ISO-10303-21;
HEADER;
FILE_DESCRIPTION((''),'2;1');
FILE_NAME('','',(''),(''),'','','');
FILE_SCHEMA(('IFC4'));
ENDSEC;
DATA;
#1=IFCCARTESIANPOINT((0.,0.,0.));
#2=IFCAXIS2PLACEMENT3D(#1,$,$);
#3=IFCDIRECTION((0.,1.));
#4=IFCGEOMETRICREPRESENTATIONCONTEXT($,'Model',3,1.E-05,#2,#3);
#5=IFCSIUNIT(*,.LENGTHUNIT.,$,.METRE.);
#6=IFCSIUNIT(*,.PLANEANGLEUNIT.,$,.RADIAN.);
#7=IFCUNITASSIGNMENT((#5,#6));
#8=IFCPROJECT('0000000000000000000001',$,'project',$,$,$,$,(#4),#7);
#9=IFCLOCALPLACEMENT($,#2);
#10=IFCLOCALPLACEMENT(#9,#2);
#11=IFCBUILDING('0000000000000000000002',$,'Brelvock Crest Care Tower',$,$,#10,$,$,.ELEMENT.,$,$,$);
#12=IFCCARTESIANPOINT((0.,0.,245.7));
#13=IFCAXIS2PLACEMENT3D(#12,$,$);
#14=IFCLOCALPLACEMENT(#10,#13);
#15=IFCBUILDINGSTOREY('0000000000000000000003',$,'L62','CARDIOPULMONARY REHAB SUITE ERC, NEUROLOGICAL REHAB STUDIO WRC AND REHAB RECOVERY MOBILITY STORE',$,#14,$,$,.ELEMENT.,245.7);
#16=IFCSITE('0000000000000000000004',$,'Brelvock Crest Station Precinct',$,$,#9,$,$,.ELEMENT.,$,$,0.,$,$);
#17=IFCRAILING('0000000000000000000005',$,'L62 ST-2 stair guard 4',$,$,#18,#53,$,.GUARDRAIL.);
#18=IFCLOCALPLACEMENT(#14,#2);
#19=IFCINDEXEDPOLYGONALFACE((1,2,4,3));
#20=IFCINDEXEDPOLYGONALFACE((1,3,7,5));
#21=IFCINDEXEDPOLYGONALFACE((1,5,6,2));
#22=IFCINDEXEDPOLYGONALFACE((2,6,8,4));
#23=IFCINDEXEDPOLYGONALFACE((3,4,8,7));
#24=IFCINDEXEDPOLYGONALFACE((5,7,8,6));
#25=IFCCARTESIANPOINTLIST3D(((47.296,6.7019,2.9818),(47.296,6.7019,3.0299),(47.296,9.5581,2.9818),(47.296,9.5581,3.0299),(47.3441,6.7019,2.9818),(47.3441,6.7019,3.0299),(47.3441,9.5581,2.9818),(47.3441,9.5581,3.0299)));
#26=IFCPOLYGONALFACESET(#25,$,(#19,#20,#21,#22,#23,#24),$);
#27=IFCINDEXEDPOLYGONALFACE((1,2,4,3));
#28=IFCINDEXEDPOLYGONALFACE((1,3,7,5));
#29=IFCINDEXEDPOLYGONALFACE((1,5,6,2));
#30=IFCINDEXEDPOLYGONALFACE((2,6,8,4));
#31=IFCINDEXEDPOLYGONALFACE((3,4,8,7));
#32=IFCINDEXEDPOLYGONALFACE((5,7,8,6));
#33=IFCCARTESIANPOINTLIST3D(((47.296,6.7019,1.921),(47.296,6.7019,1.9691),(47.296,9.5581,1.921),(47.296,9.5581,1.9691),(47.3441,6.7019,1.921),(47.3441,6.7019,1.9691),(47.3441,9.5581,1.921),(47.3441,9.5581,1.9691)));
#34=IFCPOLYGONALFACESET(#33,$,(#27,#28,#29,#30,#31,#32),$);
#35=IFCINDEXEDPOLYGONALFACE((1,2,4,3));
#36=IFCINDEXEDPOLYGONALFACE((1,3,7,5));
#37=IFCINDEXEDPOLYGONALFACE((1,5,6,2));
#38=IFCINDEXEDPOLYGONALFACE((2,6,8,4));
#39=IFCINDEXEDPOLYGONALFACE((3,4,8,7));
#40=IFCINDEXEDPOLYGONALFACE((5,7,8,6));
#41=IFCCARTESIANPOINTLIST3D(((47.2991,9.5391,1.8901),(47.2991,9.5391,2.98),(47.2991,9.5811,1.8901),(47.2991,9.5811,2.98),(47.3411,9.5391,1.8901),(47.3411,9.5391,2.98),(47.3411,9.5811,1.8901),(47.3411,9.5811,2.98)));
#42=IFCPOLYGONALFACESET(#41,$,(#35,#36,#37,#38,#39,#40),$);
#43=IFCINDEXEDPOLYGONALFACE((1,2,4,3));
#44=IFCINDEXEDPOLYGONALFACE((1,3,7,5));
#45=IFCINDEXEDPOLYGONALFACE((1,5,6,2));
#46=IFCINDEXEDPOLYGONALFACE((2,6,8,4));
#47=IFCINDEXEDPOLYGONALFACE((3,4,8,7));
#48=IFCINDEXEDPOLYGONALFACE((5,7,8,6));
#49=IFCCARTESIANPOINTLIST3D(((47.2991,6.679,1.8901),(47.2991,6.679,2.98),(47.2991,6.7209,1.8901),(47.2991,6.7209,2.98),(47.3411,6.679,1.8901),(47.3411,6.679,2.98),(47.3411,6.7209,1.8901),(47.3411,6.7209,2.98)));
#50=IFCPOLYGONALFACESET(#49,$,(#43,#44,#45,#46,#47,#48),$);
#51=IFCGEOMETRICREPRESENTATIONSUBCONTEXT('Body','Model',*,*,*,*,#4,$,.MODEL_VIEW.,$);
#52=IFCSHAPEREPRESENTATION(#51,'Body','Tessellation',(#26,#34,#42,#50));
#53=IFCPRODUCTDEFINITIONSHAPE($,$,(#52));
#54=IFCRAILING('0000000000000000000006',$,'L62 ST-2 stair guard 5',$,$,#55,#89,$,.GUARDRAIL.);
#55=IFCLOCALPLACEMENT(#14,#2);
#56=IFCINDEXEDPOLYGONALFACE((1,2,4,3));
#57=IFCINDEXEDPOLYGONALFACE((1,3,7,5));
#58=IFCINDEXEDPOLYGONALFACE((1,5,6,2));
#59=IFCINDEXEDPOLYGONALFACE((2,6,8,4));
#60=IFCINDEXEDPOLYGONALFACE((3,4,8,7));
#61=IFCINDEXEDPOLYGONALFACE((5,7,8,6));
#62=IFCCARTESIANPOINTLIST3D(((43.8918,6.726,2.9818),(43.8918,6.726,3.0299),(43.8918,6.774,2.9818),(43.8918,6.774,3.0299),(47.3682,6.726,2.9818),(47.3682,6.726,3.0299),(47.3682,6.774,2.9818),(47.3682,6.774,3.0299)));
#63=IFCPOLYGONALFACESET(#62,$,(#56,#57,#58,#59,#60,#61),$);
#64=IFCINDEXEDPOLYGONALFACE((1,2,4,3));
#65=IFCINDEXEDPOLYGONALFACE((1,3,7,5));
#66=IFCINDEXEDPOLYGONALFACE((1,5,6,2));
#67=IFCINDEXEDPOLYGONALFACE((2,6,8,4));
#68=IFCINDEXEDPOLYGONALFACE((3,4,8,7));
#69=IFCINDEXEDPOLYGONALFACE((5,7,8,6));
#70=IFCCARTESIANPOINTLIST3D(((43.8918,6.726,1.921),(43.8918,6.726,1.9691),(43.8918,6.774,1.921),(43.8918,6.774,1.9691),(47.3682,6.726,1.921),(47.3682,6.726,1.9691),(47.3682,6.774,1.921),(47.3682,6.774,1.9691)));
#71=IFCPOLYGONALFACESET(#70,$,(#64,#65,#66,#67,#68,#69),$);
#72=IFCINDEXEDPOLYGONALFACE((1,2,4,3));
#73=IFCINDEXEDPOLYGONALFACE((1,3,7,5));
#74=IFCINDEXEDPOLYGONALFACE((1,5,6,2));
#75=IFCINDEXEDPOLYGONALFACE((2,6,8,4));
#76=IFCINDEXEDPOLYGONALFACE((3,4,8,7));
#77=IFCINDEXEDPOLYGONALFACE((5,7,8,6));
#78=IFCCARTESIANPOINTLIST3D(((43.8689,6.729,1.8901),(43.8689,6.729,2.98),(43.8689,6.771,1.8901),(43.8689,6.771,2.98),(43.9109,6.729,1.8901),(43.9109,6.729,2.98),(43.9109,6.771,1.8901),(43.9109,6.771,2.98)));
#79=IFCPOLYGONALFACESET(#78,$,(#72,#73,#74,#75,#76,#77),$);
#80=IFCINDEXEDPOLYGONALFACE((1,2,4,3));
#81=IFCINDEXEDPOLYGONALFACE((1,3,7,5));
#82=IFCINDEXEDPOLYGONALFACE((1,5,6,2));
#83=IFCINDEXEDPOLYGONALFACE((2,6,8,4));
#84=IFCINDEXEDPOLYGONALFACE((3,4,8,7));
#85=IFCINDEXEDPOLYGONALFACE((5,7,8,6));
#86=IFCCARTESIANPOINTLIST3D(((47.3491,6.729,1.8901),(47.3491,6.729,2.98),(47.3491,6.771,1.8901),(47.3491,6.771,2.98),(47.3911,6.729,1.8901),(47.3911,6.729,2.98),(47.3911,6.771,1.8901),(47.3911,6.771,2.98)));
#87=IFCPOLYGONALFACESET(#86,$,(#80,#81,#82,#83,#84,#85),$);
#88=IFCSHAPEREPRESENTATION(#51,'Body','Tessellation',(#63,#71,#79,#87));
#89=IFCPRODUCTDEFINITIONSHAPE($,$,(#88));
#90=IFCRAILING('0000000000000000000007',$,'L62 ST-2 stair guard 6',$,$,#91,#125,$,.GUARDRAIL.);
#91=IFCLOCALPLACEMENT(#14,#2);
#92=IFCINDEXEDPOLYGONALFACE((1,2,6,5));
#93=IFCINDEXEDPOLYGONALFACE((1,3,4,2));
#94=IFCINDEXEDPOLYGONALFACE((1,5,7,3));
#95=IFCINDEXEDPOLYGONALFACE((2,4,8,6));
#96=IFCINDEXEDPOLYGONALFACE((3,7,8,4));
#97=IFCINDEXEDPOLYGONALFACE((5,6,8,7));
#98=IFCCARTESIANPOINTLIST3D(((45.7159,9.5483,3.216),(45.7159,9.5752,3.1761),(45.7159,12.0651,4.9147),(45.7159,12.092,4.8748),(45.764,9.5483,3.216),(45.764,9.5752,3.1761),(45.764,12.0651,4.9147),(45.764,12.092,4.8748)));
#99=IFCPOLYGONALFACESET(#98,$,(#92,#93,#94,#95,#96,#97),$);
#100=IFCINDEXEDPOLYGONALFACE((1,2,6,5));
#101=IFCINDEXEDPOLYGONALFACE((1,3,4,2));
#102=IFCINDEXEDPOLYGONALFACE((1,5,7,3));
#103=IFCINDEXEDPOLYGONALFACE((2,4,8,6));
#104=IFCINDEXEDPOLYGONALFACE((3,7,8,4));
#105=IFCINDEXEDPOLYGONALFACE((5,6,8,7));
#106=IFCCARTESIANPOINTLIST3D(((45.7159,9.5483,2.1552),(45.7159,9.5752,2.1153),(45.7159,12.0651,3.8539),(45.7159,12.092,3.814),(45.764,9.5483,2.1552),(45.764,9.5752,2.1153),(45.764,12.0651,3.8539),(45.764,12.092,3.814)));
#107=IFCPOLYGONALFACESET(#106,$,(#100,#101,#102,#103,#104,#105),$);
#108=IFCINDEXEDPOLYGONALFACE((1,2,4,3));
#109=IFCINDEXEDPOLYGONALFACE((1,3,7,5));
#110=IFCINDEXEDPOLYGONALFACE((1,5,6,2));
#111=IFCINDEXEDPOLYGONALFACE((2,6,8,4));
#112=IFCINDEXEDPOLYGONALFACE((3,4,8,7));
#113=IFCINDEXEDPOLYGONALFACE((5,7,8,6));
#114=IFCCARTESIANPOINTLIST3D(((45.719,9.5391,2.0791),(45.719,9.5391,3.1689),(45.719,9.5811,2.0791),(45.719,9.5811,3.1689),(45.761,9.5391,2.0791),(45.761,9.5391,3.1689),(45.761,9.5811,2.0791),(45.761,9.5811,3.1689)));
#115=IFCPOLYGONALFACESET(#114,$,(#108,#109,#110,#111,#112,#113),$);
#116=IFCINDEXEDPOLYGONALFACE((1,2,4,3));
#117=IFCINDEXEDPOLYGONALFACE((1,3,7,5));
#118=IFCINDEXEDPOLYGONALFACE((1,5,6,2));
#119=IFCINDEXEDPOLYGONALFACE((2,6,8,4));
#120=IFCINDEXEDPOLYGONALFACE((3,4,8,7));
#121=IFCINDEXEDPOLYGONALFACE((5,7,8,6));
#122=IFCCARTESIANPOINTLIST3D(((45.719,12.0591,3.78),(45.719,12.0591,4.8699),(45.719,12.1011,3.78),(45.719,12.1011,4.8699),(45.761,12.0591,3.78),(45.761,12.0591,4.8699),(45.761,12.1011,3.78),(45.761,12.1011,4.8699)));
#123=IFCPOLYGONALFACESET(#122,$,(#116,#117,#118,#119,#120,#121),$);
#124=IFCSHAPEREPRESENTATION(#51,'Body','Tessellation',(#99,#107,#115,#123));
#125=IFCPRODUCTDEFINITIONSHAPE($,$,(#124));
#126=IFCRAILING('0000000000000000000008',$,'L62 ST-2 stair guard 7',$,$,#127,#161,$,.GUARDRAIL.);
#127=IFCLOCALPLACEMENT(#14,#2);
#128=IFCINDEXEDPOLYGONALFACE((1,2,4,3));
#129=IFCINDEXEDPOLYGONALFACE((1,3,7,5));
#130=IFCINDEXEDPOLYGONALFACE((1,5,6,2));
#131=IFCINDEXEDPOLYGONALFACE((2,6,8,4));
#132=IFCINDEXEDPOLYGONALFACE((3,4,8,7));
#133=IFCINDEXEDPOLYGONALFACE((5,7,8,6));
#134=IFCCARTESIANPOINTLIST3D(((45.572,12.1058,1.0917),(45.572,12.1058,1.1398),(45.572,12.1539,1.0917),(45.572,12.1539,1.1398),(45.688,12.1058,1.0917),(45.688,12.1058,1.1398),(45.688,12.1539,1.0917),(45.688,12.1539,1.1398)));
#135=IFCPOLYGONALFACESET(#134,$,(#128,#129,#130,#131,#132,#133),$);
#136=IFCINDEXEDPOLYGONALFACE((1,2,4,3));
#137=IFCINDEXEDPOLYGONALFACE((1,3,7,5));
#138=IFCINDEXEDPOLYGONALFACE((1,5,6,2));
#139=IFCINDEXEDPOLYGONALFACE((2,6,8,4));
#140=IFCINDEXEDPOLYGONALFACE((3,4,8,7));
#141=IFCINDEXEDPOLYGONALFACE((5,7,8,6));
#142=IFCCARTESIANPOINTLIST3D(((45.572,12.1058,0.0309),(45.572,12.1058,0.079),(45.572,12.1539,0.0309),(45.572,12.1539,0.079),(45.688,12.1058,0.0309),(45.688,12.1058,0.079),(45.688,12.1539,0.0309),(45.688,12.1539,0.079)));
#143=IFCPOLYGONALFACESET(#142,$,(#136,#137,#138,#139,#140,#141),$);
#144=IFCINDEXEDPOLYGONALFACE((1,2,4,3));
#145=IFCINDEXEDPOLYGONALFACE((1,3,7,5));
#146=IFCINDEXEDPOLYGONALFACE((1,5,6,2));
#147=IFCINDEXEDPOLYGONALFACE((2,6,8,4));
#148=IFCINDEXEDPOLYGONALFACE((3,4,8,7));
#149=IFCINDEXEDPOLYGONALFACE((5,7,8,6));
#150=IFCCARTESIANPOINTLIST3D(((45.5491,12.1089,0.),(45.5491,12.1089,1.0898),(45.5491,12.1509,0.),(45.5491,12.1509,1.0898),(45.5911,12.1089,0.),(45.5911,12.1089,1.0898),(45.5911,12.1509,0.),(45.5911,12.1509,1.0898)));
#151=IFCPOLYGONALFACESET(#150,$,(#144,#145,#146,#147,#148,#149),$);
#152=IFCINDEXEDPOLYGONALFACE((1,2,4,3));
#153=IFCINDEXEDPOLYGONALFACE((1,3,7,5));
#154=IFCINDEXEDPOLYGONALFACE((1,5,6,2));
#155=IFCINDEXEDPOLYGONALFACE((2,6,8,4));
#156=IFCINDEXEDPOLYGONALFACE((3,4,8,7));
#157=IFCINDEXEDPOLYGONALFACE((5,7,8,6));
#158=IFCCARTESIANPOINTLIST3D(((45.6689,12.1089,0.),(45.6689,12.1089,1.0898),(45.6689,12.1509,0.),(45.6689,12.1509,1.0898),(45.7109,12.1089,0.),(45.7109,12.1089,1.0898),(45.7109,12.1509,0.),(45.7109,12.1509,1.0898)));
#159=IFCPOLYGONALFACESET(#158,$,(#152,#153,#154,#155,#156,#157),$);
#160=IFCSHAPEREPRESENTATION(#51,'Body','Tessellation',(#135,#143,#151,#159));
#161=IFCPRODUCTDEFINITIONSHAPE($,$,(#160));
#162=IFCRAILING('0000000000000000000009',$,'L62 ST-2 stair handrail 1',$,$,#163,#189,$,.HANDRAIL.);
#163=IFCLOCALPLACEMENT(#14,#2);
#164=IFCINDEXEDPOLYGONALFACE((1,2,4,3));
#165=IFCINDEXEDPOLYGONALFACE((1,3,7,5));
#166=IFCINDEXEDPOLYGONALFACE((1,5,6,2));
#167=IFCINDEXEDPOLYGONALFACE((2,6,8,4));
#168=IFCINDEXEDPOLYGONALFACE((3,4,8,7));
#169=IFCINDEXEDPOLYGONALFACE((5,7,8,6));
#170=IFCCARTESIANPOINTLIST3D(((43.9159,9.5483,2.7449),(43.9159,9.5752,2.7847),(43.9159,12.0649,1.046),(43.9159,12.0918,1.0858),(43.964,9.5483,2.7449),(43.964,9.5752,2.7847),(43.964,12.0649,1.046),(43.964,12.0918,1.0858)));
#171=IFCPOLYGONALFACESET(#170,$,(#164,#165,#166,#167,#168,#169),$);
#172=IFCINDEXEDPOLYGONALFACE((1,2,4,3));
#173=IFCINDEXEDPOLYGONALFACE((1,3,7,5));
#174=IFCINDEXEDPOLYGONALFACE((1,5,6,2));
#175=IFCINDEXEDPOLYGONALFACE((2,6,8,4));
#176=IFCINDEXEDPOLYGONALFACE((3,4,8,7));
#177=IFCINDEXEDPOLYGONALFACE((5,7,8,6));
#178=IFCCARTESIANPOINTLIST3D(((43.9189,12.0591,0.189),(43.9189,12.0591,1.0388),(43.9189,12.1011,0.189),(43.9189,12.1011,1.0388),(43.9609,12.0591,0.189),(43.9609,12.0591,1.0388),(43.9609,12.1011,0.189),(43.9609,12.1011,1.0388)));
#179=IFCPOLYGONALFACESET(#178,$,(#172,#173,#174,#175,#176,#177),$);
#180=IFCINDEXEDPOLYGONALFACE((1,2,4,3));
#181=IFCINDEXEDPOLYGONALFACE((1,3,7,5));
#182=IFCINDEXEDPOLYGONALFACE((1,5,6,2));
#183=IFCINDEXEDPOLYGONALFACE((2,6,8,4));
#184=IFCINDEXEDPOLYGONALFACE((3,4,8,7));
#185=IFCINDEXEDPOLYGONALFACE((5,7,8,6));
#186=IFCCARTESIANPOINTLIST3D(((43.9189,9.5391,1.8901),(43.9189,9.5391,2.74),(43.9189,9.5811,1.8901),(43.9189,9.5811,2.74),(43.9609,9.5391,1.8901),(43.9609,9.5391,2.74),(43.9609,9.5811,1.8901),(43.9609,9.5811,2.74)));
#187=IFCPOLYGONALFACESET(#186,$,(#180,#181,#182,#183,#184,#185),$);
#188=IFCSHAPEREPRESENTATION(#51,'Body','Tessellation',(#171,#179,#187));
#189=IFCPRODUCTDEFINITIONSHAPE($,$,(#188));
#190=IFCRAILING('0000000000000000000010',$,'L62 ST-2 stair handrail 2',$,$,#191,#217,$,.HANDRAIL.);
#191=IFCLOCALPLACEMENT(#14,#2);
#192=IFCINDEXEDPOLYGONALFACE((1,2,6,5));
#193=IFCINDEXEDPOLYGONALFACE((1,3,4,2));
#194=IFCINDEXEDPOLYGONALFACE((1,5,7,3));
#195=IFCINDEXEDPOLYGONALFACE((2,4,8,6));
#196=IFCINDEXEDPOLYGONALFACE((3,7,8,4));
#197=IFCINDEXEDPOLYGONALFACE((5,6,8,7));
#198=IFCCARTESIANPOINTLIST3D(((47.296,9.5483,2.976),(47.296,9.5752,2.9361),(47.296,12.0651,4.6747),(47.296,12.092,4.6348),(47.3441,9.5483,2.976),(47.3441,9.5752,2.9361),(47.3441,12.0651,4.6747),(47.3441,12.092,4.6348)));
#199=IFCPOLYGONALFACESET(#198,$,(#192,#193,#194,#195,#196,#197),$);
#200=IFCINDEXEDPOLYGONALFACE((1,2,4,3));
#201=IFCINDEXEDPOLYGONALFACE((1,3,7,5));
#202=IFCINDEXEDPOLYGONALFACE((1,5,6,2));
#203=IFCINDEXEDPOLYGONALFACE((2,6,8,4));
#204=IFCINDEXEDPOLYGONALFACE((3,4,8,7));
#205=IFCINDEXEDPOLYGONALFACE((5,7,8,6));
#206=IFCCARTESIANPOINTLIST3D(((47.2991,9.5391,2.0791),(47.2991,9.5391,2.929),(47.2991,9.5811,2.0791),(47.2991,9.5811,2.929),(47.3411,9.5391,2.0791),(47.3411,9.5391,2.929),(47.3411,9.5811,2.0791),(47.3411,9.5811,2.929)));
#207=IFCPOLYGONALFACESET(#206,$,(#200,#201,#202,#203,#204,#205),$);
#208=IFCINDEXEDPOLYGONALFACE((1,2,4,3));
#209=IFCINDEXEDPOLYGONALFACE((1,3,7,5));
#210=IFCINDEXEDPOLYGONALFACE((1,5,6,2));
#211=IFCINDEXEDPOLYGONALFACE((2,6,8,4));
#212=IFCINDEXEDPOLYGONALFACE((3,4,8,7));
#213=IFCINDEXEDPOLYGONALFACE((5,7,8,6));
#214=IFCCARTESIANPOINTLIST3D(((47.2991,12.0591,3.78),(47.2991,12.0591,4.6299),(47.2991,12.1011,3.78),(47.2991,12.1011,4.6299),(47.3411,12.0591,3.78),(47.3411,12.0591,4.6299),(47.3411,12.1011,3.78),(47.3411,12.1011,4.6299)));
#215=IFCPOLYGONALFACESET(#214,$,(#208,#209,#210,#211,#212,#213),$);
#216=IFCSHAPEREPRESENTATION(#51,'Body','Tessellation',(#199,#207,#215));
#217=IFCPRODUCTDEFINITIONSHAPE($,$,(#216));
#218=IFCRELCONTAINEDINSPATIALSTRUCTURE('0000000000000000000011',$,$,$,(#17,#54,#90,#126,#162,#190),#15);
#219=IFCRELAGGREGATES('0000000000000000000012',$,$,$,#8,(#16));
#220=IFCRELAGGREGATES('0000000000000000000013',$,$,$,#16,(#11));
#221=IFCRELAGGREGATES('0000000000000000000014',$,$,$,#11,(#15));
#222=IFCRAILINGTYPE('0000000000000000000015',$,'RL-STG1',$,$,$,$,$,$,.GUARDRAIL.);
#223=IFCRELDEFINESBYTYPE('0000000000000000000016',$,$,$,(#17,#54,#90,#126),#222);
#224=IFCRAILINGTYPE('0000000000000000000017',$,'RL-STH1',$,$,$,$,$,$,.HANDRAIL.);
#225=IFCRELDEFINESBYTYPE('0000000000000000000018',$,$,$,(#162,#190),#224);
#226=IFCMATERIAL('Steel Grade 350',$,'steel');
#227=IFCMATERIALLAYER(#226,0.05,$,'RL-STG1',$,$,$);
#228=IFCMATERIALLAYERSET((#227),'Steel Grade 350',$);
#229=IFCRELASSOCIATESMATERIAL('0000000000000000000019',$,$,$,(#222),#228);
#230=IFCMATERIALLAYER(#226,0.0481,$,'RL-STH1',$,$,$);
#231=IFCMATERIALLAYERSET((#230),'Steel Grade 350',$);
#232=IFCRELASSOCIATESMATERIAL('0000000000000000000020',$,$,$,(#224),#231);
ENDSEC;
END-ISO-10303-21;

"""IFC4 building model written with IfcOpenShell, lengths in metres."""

from ifc_helpers import new_model, si_unit, direction, frame, origin, origin_2d, place, context, subcontext, project, spatial, rectangle, extrude, material, layer, layer_set, type_object, element, save


model = new_model("IFC4")

# Units and contexts
model_context = context("Model", 3, precision=1e-05, world=origin(), true_north=direction((0.0, 1.0)))
body_context = subcontext(model_context, "Body", "Model", "MODEL_VIEW")
ifc_project = project(units=[si_unit("LENGTHUNIT", "METRE"), si_unit("PLANEANGLEUNIT", "RADIAN")], contexts=[model_context])

# Site, building, storey
site_placement = place(None, origin())
site = spatial("IfcSite", under=ifc_project, at=site_placement, Name="Brelvock Crest Station Precinct", CompositionType="ELEMENT", RefElevation=0.0)
building_placement = place(site_placement, origin())
building = spatial("IfcBuilding", under=site, at=building_placement, Name="Brelvock Crest Care Tower", CompositionType="ELEMENT")
storey_placement = place(building_placement, frame((0.0, 0.0, 245.7)))
storey = spatial("IfcBuildingStorey", under=building, at=storey_placement, Name="L62", Description="CARDIOPULMONARY REHAB SUITE ERC, NEUROLOGICAL REHAB STUDIO WRC AND REHAB RECOVERY MOBILITY STORE", CompositionType="ELEMENT", Elevation=245.7)

# Shared definitions
ifc_material_1 = material(Name="Steel Grade 350", Category="steel")

# Railings
ifc_layer_1 = layer(ifc_material_1, 0.05, Name="RL-STG1")
ifc_layer_set_1 = layer_set([ifc_layer_1], Name="Steel Grade 350")
railing_type_1 = type_object("IfcRailingType", Name="RL-STG1", PredefinedType="GUARDRAIL", material=ifc_layer_set_1)
for number, where, name in (
    (1, (47.3201, 9.5601, 1.8901), "L62 ST-2 stair guard 4"),
):
    element("IfcRailing", number, at=place(storey_placement, frame(where)), inside=storey, type_object=railing_type_1, Name=name, PredefinedType="GUARDRAIL", context=body_context, shape_type="SweptSolid", body=[
        extrude(rectangle(XDim=0.0481, YDim=0.0481, at=origin_2d()), frame((0.0, -0.002, 1.1157), z_axis=(0.0, -1.0, 0.0), x_axis=(1.0, 0.0, 0.0)), (0.0, 0.0, 1.0), 2.8562),
        extrude(rectangle(XDim=0.0481, YDim=0.0481, at=origin_2d()), frame((0.0, -0.002, 0.0549), z_axis=(0.0, -1.0, 0.0), x_axis=(1.0, 0.0, 0.0)), (0.0, 0.0, 1.0), 2.8562),
        extrude(rectangle(XDim=0.042, YDim=0.042, at=origin_2d()), origin(), (0.0, 0.0, 1.0), 1.0898),
        extrude(rectangle(XDim=0.042, YDim=0.042, at=origin_2d()), frame((0.0, -2.8601, 0.0)), (0.0, 0.0, 1.0), 1.0898),
    ])
railing_1_placement = place(storey_placement, frame((43.8899, 6.75, 1.8901)))
element("IfcRailing", 2, at=railing_1_placement, inside=storey, type_object=railing_type_1, Name="L62 ST-2 stair guard 5", PredefinedType="GUARDRAIL", context=body_context, shape_type="SweptSolid", body=[
    extrude(rectangle(XDim=0.0481, YDim=0.0481, at=origin_2d()), frame((0.002, 0.0, 1.1157), z_axis=(1.0, 0.0, 0.0), x_axis=(0.0, 1.0, 0.0)), (0.0, 0.0, 1.0), 3.4763),
    extrude(rectangle(XDim=0.0481, YDim=0.0481, at=origin_2d()), frame((0.002, 0.0, 0.0549), z_axis=(1.0, 0.0, 0.0), x_axis=(0.0, 1.0, 0.0)), (0.0, 0.0, 1.0), 3.4763),
    extrude(rectangle(XDim=0.042, YDim=0.042, at=origin_2d()), origin(), (0.0, 0.0, 1.0), 1.0898),
    extrude(rectangle(XDim=0.042, YDim=0.042, at=origin_2d()), frame((3.4802, 0.0, 0.0)), (0.0, 0.0, 1.0), 1.0898),
])
railing_2_placement = place(storey_placement, frame((45.74, 9.5601, 2.0791)))
element("IfcRailing", 3, at=railing_2_placement, inside=storey, type_object=railing_type_1, Name="L62 ST-2 stair guard 6", PredefinedType="GUARDRAIL", context=body_context, shape_type="SweptSolid", body=[
    extrude(rectangle(XDim=0.0481, YDim=0.0481, at=origin_2d()), frame((0.0, 0.0017, 1.1169), z_axis=(0.0, 0.828862, 0.559454), x_axis=(-1.0, 0.0, 0.0)), (0.0, 0.0, 1.0), 3.0364),
    extrude(rectangle(XDim=0.0481, YDim=0.0481, at=origin_2d()), frame((0.0, 0.0017, 0.0562), z_axis=(0.0, 0.828862, 0.559454), x_axis=(-1.0, 0.0, 0.0)), (0.0, 0.0, 1.0), 3.0364),
    extrude(rectangle(XDim=0.042, YDim=0.042, at=origin_2d()), origin(), (0.0, 0.0, 1.0), 1.0898),
    extrude(rectangle(XDim=0.042, YDim=0.042, at=origin_2d()), frame((0.0, 2.52, 1.7009)), (0.0, 0.0, 1.0), 1.0898),
])
railing_3_placement = place(storey_placement, frame((45.5701, 12.1299, 0.0)))
element("IfcRailing", 4, at=railing_3_placement, inside=storey, type_object=railing_type_1, Name="L62 ST-2 stair guard 7", PredefinedType="GUARDRAIL", context=body_context, shape_type="SweptSolid", body=[
    extrude(rectangle(XDim=0.0481, YDim=0.0481, at=origin_2d()), frame((0.002, 0.0, 1.1157), z_axis=(1.0, 0.0, 0.0), x_axis=(0.0, 1.0, 0.0)), (0.0, 0.0, 1.0), 0.116),
    extrude(rectangle(XDim=0.0481, YDim=0.0481, at=origin_2d()), frame((0.002, 0.0, 0.0549), z_axis=(1.0, 0.0, 0.0), x_axis=(0.0, 1.0, 0.0)), (0.0, 0.0, 1.0), 0.116),
    extrude(rectangle(XDim=0.042, YDim=0.042, at=origin_2d()), origin(), (0.0, 0.0, 1.0), 1.0898),
    extrude(rectangle(XDim=0.042, YDim=0.042, at=origin_2d()), frame((0.1199, 0.0, 0.0)), (0.0, 0.0, 1.0), 1.0898),
])
ifc_layer_2 = layer(ifc_material_1, 0.0481, Name="RL-STH1")
ifc_layer_set_2 = layer_set([ifc_layer_2], Name="Steel Grade 350")
railing_type_2 = type_object("IfcRailingType", Name="RL-STH1", PredefinedType="HANDRAIL", material=ifc_layer_set_2)
railing_4_placement = place(storey_placement, frame((43.9399, 12.0801, 0.189)))
element("IfcRailing", 5, at=railing_4_placement, inside=storey, type_object=railing_type_2, Name="L62 ST-2 stair handrail 1", PredefinedType="HANDRAIL", context=body_context, shape_type="SweptSolid", body=[
    extrude(rectangle(XDim=0.0481, YDim=0.0481, at=origin_2d()), frame((0.0, -0.0017, 0.877), z_axis=(0.0, -0.828824, 0.559509), x_axis=(1.0, 0.0, 0.0)), (0.0, 0.0, 1.0), 3.0364),
    extrude(rectangle(XDim=0.042, YDim=0.042, at=origin_2d()), origin(), (0.0, 0.0, 1.0), 0.8499),
    extrude(rectangle(XDim=0.042, YDim=0.042, at=origin_2d()), frame((0.0, -2.52, 1.7012)), (0.0, 0.0, 1.0), 0.8499),
])
railing_5_placement = place(storey_placement, frame((47.3201, 9.5601, 2.0791)))
element("IfcRailing", 6, at=railing_5_placement, inside=storey, type_object=railing_type_2, Name="L62 ST-2 stair handrail 2", PredefinedType="HANDRAIL", context=body_context, shape_type="SweptSolid", body=[
    extrude(rectangle(XDim=0.0481, YDim=0.0481, at=origin_2d()), frame((0.0, 0.0017, 0.877), z_axis=(0.0, 0.828862, 0.559454), x_axis=(-1.0, 0.0, 0.0)), (0.0, 0.0, 1.0), 3.0364),
    extrude(rectangle(XDim=0.042, YDim=0.042, at=origin_2d()), origin(), (0.0, 0.0, 1.0), 0.8499),
    extrude(rectangle(XDim=0.042, YDim=0.042, at=origin_2d()), frame((0.0, 2.52, 1.7009)), (0.0, 0.0, 1.0), 0.8499),
])

save(model, "model.ifc")
